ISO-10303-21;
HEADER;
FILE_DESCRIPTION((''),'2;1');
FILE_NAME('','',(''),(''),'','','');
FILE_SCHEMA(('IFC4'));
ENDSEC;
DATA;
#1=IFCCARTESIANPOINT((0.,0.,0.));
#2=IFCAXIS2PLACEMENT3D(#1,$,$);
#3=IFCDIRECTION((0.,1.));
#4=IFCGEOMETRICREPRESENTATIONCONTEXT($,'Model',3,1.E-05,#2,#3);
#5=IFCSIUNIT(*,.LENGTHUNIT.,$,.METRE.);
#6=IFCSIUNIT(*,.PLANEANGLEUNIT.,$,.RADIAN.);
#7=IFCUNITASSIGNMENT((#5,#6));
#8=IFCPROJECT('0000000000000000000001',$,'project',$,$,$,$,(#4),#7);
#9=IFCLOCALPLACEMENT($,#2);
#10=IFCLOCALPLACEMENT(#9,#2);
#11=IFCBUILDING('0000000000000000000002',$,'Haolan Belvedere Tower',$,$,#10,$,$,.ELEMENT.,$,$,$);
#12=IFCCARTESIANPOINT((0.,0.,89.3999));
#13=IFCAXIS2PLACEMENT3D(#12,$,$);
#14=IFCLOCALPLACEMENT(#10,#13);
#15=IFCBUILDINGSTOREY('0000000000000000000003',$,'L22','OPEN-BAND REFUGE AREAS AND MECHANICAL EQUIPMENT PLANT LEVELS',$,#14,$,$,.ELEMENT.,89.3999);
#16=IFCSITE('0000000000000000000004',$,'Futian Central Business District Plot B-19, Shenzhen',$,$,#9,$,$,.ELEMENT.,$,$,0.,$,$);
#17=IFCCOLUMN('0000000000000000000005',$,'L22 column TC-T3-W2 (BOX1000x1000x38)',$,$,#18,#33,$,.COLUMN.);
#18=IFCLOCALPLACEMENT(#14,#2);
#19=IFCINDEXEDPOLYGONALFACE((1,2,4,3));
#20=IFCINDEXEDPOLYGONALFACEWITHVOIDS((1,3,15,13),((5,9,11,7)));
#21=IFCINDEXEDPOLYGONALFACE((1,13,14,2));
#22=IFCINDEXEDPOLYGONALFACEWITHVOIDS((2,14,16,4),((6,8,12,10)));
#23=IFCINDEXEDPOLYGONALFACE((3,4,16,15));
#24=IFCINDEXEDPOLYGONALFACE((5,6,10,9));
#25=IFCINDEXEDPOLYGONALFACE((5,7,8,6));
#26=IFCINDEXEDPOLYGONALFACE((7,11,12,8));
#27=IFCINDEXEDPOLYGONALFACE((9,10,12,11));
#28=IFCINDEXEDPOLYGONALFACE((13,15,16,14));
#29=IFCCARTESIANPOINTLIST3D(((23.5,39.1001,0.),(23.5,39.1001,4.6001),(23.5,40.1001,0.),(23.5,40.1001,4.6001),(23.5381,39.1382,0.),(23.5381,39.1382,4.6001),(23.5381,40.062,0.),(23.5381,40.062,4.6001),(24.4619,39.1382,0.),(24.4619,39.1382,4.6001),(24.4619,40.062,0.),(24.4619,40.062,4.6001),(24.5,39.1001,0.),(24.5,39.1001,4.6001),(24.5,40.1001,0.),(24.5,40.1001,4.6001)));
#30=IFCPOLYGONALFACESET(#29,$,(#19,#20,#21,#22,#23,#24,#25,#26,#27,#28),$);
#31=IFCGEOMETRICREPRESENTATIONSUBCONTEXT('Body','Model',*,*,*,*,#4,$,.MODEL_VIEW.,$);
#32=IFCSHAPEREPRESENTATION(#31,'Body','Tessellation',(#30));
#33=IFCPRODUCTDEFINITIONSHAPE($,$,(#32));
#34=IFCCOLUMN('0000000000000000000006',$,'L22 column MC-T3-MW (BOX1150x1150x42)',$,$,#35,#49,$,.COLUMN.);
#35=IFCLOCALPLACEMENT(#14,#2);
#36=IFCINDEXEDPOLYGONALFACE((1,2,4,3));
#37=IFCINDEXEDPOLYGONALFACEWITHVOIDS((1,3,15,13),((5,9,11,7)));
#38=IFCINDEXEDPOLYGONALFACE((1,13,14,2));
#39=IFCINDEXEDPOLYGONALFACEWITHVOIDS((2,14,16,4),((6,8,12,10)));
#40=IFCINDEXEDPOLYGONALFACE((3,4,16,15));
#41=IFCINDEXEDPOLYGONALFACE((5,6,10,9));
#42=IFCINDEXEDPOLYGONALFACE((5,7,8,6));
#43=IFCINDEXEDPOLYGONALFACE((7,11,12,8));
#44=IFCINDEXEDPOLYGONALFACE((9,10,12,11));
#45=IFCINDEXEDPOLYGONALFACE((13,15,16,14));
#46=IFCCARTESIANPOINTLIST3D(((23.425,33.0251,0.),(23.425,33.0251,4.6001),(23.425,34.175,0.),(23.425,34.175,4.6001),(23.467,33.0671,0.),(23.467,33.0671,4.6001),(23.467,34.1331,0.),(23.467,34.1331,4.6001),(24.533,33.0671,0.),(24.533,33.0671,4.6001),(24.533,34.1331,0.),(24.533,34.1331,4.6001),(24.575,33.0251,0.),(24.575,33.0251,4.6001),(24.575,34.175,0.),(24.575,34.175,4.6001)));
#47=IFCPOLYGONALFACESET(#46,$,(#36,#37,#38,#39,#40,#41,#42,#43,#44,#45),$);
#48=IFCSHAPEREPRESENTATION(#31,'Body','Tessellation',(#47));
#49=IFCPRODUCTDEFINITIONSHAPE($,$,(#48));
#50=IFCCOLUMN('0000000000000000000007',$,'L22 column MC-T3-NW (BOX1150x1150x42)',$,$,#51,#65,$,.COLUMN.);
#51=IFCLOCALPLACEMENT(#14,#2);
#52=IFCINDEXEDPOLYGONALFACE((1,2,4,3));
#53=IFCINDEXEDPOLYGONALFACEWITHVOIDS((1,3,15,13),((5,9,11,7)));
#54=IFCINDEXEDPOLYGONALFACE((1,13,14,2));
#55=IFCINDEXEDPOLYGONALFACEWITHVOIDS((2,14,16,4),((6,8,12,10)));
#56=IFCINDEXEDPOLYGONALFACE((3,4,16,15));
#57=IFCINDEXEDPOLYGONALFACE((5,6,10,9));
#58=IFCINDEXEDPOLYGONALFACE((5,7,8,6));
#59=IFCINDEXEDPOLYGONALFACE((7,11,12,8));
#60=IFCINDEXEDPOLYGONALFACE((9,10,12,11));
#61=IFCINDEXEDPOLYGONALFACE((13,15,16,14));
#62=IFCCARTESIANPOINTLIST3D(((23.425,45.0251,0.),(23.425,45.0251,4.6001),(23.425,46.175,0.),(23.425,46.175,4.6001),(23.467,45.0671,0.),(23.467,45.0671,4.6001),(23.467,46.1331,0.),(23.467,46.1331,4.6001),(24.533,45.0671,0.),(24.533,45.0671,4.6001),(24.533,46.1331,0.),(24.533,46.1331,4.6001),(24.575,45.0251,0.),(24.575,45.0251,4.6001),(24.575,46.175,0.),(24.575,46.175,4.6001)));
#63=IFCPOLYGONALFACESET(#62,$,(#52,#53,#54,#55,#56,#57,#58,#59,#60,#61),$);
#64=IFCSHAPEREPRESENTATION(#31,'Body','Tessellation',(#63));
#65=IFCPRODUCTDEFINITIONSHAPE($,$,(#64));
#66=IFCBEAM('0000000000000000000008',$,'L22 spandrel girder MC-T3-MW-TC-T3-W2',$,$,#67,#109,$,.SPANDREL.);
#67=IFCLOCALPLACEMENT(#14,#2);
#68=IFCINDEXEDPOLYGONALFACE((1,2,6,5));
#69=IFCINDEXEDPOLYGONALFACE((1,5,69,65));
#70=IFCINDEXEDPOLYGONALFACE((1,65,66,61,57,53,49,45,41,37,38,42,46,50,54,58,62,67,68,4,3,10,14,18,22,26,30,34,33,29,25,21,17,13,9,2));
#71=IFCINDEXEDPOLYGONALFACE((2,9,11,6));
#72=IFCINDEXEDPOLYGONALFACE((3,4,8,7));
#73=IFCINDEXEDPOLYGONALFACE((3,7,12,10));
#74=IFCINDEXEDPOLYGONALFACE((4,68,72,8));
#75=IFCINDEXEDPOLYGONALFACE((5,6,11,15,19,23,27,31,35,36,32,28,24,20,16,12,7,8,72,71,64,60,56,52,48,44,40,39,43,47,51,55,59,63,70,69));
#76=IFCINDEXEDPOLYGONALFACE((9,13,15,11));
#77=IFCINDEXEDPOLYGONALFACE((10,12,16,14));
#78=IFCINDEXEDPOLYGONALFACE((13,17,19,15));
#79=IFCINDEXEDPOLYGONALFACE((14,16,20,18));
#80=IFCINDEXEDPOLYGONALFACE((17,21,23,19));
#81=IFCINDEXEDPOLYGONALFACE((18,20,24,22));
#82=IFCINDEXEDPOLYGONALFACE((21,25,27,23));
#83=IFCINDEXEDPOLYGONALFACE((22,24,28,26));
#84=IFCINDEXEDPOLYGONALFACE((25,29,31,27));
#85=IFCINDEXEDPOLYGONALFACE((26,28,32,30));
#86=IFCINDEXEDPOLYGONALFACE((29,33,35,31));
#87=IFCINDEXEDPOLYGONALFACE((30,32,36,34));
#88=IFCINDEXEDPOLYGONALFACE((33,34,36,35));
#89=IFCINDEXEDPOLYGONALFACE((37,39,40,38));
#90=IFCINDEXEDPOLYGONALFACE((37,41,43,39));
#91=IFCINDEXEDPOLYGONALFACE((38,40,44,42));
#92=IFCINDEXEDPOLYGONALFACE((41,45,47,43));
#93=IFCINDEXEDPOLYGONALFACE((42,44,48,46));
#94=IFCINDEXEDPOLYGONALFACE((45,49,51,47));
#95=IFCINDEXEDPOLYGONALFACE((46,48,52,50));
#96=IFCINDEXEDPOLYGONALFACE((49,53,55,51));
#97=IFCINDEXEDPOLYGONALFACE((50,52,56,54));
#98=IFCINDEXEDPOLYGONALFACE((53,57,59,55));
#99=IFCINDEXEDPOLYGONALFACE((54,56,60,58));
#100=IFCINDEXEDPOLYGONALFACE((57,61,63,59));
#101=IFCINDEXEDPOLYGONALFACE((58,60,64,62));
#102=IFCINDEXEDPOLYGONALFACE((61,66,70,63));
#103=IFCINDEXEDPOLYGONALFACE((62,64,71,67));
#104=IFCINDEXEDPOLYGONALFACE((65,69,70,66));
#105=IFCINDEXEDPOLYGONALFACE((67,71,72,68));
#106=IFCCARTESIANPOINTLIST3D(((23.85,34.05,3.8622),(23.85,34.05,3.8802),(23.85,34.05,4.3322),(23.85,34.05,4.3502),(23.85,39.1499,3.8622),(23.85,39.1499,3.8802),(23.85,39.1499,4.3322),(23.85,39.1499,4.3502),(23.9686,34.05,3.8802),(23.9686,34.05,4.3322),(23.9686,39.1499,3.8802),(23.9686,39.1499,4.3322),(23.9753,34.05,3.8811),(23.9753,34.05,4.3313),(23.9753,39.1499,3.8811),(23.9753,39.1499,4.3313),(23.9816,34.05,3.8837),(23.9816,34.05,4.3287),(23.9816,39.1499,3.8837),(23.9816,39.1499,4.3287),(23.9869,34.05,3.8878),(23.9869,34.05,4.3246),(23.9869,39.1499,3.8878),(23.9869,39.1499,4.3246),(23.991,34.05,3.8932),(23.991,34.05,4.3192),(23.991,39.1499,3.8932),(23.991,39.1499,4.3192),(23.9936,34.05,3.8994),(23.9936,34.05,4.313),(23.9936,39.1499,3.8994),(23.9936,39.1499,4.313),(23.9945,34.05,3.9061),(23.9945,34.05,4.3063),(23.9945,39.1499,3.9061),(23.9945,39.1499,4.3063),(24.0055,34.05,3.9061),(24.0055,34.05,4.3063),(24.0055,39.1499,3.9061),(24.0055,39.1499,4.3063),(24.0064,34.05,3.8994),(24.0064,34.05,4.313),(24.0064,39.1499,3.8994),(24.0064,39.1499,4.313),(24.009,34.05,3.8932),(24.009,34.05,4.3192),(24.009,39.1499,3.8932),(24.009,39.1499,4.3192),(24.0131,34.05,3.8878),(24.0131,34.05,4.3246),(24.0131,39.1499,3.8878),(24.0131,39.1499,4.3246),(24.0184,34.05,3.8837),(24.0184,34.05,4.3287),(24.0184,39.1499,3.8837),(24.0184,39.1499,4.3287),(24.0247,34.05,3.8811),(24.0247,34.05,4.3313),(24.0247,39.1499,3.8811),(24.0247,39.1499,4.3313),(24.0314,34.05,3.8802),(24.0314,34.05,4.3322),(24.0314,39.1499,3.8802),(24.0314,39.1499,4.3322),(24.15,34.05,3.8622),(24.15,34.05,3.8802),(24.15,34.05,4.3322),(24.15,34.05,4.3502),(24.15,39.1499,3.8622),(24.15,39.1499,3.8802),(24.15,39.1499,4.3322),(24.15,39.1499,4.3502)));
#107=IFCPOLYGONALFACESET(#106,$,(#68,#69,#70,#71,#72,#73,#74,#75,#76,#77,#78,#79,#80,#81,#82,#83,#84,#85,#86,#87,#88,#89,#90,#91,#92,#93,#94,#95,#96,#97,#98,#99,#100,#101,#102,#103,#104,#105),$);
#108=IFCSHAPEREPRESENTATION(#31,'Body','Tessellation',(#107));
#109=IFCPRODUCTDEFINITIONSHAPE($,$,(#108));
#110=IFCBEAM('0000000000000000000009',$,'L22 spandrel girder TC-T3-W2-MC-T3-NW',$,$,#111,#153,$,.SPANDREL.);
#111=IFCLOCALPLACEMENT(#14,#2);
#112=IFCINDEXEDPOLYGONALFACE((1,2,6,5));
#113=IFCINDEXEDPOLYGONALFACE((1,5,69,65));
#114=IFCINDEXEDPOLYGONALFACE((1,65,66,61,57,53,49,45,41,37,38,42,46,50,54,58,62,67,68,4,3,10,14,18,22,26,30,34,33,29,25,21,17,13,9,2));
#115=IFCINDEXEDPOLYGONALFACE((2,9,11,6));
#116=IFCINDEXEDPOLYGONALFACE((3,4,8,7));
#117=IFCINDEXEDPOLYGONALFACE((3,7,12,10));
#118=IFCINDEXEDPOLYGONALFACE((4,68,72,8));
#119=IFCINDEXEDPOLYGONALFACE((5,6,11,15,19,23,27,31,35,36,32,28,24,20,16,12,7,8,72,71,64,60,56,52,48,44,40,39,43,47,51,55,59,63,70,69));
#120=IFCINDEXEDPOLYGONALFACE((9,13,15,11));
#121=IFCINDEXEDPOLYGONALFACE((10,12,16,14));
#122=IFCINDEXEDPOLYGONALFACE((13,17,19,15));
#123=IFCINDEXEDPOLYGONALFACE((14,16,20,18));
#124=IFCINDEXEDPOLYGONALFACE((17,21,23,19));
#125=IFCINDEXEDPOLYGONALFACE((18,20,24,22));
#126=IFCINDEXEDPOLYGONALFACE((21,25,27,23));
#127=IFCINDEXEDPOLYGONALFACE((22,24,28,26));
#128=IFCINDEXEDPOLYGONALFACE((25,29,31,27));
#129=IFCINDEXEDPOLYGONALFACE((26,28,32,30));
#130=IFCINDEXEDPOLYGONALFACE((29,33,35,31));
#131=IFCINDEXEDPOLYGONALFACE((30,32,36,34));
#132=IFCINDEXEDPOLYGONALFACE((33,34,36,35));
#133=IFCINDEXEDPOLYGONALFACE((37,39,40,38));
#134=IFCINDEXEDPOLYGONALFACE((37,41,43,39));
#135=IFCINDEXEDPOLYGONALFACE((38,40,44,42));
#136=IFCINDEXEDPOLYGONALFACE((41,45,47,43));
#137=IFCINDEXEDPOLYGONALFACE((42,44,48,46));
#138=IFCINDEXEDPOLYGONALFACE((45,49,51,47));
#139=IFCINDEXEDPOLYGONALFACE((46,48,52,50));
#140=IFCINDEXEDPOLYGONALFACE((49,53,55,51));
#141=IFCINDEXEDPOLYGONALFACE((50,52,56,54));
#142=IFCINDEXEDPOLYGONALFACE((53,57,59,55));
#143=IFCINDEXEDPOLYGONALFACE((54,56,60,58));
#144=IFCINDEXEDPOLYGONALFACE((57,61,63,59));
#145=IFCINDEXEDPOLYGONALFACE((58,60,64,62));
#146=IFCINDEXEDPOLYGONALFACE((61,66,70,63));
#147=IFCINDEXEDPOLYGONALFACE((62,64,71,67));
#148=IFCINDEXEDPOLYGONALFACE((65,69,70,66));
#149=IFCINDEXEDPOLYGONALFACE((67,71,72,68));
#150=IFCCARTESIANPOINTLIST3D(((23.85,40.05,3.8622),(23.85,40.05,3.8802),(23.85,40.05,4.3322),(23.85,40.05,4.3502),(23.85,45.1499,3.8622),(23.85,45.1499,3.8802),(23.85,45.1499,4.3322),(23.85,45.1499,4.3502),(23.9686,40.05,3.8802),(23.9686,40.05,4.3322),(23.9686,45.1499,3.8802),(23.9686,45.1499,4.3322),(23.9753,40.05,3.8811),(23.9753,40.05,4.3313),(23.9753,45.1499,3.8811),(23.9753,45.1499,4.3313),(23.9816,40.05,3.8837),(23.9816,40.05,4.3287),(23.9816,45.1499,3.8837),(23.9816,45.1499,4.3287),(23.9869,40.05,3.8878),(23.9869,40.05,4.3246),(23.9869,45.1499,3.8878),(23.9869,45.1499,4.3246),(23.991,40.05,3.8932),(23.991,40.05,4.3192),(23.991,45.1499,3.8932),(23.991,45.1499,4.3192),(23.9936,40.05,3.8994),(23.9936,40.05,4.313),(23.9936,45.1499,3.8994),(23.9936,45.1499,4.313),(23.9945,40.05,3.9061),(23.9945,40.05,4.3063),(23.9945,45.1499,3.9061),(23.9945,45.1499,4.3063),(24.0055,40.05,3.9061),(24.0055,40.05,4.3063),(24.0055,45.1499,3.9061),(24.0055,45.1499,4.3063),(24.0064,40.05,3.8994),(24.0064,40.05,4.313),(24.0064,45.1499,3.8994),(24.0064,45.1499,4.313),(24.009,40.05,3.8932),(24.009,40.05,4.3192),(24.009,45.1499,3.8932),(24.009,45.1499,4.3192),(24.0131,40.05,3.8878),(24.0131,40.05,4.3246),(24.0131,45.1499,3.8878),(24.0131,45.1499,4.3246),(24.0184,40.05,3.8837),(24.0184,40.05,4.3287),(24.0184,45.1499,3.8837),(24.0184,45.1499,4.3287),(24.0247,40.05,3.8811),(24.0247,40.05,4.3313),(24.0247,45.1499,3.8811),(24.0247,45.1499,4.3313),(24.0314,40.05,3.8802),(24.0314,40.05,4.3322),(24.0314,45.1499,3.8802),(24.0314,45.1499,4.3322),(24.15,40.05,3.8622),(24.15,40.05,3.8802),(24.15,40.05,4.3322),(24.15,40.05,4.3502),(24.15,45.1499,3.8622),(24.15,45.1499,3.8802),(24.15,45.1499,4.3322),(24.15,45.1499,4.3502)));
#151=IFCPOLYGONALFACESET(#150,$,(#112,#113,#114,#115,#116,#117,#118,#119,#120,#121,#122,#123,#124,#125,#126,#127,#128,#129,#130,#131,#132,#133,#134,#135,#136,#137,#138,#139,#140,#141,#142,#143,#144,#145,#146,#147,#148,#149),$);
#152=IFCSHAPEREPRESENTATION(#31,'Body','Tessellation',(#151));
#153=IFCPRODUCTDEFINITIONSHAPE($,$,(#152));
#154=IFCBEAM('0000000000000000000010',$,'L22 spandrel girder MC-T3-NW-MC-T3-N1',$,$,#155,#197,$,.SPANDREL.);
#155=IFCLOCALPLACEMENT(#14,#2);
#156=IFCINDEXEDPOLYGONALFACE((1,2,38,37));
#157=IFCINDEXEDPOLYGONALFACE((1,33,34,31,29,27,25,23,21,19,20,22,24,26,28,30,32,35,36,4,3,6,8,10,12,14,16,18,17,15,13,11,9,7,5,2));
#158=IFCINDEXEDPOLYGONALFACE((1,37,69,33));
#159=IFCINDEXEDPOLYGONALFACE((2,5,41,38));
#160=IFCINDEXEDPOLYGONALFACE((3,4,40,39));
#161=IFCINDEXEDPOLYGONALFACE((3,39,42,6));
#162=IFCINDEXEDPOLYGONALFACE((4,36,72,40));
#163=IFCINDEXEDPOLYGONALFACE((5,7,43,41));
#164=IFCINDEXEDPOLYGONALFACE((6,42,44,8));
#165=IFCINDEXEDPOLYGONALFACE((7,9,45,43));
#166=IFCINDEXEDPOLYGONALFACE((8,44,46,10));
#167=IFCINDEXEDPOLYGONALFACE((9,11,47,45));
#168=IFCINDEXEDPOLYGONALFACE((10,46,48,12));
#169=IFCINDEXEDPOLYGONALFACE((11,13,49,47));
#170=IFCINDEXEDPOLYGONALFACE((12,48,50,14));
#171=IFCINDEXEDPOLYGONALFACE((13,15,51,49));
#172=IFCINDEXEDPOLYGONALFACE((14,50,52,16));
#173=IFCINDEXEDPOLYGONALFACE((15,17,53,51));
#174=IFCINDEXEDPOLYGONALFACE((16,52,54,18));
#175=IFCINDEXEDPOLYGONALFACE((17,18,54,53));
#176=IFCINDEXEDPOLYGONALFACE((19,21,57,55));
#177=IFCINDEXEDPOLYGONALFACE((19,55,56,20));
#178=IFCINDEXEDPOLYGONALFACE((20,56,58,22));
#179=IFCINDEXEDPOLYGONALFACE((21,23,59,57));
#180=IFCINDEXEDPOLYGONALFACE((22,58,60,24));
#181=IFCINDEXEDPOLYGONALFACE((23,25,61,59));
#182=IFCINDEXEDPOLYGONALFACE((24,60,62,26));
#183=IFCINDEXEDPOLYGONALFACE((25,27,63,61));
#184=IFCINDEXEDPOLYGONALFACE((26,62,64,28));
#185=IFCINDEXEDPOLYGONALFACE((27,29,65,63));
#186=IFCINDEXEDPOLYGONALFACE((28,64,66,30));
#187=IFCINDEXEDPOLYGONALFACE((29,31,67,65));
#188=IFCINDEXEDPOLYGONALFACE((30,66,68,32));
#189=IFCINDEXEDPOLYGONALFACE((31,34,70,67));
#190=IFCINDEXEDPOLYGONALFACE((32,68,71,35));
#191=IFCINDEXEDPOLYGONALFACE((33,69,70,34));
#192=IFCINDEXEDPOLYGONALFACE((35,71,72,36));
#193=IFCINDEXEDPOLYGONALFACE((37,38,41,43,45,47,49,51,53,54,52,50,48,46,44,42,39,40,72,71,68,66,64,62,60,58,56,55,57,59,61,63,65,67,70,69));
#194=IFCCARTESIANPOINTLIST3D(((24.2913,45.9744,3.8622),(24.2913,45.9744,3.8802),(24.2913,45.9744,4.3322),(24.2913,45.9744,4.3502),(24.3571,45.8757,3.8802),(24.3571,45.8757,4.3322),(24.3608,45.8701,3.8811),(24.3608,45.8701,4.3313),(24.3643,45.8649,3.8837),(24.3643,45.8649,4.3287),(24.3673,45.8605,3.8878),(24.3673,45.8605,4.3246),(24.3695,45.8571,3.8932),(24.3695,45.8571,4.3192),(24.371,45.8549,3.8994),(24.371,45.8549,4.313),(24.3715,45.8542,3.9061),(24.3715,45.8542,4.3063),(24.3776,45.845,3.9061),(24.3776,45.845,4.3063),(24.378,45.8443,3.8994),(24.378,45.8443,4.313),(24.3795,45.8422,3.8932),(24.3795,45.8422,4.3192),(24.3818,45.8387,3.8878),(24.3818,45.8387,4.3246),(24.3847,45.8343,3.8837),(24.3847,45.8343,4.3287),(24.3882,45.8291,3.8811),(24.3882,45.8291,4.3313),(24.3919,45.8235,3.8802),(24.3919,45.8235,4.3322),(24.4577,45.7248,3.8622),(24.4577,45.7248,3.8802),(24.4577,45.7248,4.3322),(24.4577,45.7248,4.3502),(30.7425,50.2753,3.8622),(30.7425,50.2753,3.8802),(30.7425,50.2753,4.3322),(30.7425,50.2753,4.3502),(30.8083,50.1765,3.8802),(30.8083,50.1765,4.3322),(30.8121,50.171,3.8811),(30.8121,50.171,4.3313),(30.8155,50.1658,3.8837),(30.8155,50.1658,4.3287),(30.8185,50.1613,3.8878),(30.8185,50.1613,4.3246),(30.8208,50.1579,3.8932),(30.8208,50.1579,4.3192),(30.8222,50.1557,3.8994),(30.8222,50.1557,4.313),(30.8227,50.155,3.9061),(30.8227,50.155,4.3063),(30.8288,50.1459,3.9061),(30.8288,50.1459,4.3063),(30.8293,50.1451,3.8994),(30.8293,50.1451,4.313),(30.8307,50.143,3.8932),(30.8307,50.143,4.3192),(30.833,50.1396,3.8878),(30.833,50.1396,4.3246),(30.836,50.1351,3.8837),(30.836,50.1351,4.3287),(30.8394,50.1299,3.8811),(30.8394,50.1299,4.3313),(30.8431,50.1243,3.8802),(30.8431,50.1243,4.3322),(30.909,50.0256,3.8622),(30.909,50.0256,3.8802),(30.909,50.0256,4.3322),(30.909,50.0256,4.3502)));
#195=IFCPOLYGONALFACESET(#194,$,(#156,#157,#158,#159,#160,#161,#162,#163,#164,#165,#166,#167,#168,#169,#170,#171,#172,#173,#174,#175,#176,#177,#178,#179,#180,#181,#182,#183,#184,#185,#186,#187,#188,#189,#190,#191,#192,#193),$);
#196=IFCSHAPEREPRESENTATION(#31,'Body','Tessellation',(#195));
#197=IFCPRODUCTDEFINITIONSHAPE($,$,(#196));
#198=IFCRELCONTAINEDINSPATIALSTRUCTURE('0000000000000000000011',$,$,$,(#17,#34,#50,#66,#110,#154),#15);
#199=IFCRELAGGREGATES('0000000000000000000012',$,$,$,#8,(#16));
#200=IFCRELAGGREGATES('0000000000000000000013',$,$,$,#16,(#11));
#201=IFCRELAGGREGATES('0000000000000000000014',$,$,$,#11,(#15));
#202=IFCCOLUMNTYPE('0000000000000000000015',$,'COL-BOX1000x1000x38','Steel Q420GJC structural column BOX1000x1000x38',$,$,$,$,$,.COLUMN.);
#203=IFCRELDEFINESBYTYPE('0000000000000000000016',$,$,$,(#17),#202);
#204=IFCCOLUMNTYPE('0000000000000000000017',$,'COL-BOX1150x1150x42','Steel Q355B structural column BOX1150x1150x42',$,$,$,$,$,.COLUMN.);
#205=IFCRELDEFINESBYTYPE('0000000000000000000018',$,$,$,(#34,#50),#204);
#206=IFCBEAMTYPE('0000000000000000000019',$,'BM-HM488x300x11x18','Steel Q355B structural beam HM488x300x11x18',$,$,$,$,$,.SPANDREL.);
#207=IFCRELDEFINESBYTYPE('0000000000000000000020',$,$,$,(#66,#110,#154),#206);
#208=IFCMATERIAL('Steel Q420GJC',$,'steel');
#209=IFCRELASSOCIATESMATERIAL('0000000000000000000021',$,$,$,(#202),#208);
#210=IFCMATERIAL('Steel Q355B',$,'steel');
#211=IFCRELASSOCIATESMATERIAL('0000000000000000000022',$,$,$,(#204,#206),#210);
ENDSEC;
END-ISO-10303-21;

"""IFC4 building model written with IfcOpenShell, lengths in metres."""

from ifc_helpers import new_model, si_unit, direction, frame, origin, origin_2d, place, context, subcontext, project, spatial, hollow_rectangle, i_section, extrude, material, material_profile, profile_set, type_object, element, save


model = new_model("IFC4")

# Units and contexts
model_context = context("Model", 3, precision=1e-05, world=origin(), true_north=direction((0.0, 1.0)))
body_context = subcontext(model_context, "Body", "Model", "MODEL_VIEW")
ifc_project = project(units=[si_unit("LENGTHUNIT", "METRE"), si_unit("PLANEANGLEUNIT", "RADIAN")], contexts=[model_context])

# Site, building, storey
site_placement = place(None, origin())
site = spatial("IfcSite", under=ifc_project, at=site_placement, Name="Futian Central Business District Plot B-19, Shenzhen", CompositionType="ELEMENT", RefElevation=0.0)
building_placement = place(site_placement, origin())
building = spatial("IfcBuilding", under=site, at=building_placement, Name="Haolan Belvedere Tower", CompositionType="ELEMENT")
storey_placement = place(building_placement, frame((0.0, 0.0, 89.3999)))
storey = spatial("IfcBuildingStorey", under=building, at=storey_placement, Name="L22", Description="OPEN-BAND REFUGE AREAS AND MECHANICAL EQUIPMENT PLANT LEVELS", CompositionType="ELEMENT", Elevation=89.3999)

# Columns
ifc_material_1 = material(Name="Steel Q420GJC", Category="steel")
ifc_material_profile_1 = material_profile(ifc_material_1, hollow_rectangle(XDim=1.0, YDim=1.0, WallThickness=0.0381, at=origin_2d()), Name="Steel Q420GJC")
ifc_profile_set_1 = profile_set([ifc_material_profile_1], Name="Steel Q420GJC")
column_type_1 = type_object("IfcColumnType", Name="COL-BOX1000x1000x38", Description="Steel Q420GJC structural column BOX1000x1000x38", PredefinedType="COLUMN", material=ifc_profile_set_1)
column_placement = place(storey_placement, frame((24.0, 39.6001, 0.0), z_axis=(0.0, 0.0, 1.0), x_axis=(1.0, 0.0, 0.0)))
element("IfcColumn", 1, at=column_placement, inside=storey, type_object=column_type_1, Name="L22 column TC-T3-W2 (BOX1000x1000x38)", PredefinedType="COLUMN", context=body_context, shape_type="SweptSolid", body=[
    extrude(hollow_rectangle(XDim=1.0, YDim=1.0, WallThickness=0.0381, at=origin_2d()), origin(), (0.0, 0.0, 1.0), 4.6001),
])
ifc_material_2 = material(Name="Steel Q355B", Category="steel")
ifc_material_profile_2 = material_profile(ifc_material_2, hollow_rectangle(XDim=1.1499, YDim=1.1499, WallThickness=0.042, at=origin_2d()), Name="Steel Q355B")
ifc_profile_set_2 = profile_set([ifc_material_profile_2], Name="Steel Q355B")
column_type_2 = type_object("IfcColumnType", Name="COL-BOX1150x1150x42", Description="Steel Q355B structural column BOX1150x1150x42", PredefinedType="COLUMN", material=ifc_profile_set_2)
for number, where, z_axis, x_axis, name in (
    (2, (24.0, 33.6001, 0.0), (0.0, 0.0, 1.0), (1.0, 0.0, 0.0), "L22 column MC-T3-MW (BOX1150x1150x42)"),
    (3, (24.0, 45.6001, 0.0), (0.0, 0.0, 1.0), (1.0, 0.0, 0.0), "L22 column MC-T3-NW (BOX1150x1150x42)"),
):
    element("IfcColumn", number, at=place(storey_placement, frame(where, z_axis=z_axis, x_axis=x_axis)), inside=storey, type_object=column_type_2, Name=name, PredefinedType="COLUMN", context=body_context, shape_type="SweptSolid", body=[
        extrude(hollow_rectangle(XDim=1.1499, YDim=1.1499, WallThickness=0.042, at=origin_2d()), origin(), (0.0, 0.0, 1.0), 4.6001),
    ])

# Beams
ifc_material_profile_3 = material_profile(ifc_material_2, i_section(OverallWidth=0.3, OverallDepth=0.488, WebThickness=0.011, FlangeThickness=0.0181, FilletRadius=0.0259, at=origin_2d()), Name="Steel Q355B")
ifc_profile_set_3 = profile_set([ifc_material_profile_3], Name="Steel Q355B")
beam_type_1 = type_object("IfcBeamType", Name="BM-HM488x300x11x18", Description="Steel Q355B structural beam HM488x300x11x18", PredefinedType="SPANDREL", material=ifc_profile_set_3)
for number, where, z_axis, x_axis, name in (
    (4, (24.0, 34.05, 4.1062), (0.0, 1.0, 0.0), (-1.0, 0.0, 0.0), "L22 spandrel girder MC-T3-MW-TC-T3-W2"),
    (5, (24.0, 40.05, 4.1062), (0.0, 1.0, 0.0), (-1.0, 0.0, 0.0), "L22 spandrel girder TC-T3-W2-MC-T3-NW"),
):
    element("IfcBeam", number, at=place(storey_placement, frame(where, z_axis=z_axis, x_axis=x_axis)), inside=storey, type_object=beam_type_1, Name=name, PredefinedType="SPANDREL", context=body_context, shape_type="SweptSolid", body=[
        extrude(i_section(OverallWidth=0.3, OverallDepth=0.488, WebThickness=0.011, FlangeThickness=0.0181, FilletRadius=0.0259, at=origin_2d()), origin(), (0.0, 0.0, 1.0), 5.0999),
    ])
beam_placement = place(storey_placement, frame((24.3745, 45.8496, 4.1062), z_axis=(0.83205, 0.5547, 0.0), x_axis=(-0.5547, 0.83205, 0.0)))
element("IfcBeam", 6, at=beam_placement, inside=storey, type_object=beam_type_1, Name="L22 spandrel girder MC-T3-NW-MC-T3-N1", PredefinedType="SPANDREL", context=body_context, shape_type="SweptSolid", body=[
    extrude(i_section(OverallWidth=0.3, OverallDepth=0.488, WebThickness=0.011, FlangeThickness=0.0181, FilletRadius=0.0259, at=origin_2d()), origin(), (0.0, 0.0, 1.0), 7.7534),
])

save(model, "model.ifc")
